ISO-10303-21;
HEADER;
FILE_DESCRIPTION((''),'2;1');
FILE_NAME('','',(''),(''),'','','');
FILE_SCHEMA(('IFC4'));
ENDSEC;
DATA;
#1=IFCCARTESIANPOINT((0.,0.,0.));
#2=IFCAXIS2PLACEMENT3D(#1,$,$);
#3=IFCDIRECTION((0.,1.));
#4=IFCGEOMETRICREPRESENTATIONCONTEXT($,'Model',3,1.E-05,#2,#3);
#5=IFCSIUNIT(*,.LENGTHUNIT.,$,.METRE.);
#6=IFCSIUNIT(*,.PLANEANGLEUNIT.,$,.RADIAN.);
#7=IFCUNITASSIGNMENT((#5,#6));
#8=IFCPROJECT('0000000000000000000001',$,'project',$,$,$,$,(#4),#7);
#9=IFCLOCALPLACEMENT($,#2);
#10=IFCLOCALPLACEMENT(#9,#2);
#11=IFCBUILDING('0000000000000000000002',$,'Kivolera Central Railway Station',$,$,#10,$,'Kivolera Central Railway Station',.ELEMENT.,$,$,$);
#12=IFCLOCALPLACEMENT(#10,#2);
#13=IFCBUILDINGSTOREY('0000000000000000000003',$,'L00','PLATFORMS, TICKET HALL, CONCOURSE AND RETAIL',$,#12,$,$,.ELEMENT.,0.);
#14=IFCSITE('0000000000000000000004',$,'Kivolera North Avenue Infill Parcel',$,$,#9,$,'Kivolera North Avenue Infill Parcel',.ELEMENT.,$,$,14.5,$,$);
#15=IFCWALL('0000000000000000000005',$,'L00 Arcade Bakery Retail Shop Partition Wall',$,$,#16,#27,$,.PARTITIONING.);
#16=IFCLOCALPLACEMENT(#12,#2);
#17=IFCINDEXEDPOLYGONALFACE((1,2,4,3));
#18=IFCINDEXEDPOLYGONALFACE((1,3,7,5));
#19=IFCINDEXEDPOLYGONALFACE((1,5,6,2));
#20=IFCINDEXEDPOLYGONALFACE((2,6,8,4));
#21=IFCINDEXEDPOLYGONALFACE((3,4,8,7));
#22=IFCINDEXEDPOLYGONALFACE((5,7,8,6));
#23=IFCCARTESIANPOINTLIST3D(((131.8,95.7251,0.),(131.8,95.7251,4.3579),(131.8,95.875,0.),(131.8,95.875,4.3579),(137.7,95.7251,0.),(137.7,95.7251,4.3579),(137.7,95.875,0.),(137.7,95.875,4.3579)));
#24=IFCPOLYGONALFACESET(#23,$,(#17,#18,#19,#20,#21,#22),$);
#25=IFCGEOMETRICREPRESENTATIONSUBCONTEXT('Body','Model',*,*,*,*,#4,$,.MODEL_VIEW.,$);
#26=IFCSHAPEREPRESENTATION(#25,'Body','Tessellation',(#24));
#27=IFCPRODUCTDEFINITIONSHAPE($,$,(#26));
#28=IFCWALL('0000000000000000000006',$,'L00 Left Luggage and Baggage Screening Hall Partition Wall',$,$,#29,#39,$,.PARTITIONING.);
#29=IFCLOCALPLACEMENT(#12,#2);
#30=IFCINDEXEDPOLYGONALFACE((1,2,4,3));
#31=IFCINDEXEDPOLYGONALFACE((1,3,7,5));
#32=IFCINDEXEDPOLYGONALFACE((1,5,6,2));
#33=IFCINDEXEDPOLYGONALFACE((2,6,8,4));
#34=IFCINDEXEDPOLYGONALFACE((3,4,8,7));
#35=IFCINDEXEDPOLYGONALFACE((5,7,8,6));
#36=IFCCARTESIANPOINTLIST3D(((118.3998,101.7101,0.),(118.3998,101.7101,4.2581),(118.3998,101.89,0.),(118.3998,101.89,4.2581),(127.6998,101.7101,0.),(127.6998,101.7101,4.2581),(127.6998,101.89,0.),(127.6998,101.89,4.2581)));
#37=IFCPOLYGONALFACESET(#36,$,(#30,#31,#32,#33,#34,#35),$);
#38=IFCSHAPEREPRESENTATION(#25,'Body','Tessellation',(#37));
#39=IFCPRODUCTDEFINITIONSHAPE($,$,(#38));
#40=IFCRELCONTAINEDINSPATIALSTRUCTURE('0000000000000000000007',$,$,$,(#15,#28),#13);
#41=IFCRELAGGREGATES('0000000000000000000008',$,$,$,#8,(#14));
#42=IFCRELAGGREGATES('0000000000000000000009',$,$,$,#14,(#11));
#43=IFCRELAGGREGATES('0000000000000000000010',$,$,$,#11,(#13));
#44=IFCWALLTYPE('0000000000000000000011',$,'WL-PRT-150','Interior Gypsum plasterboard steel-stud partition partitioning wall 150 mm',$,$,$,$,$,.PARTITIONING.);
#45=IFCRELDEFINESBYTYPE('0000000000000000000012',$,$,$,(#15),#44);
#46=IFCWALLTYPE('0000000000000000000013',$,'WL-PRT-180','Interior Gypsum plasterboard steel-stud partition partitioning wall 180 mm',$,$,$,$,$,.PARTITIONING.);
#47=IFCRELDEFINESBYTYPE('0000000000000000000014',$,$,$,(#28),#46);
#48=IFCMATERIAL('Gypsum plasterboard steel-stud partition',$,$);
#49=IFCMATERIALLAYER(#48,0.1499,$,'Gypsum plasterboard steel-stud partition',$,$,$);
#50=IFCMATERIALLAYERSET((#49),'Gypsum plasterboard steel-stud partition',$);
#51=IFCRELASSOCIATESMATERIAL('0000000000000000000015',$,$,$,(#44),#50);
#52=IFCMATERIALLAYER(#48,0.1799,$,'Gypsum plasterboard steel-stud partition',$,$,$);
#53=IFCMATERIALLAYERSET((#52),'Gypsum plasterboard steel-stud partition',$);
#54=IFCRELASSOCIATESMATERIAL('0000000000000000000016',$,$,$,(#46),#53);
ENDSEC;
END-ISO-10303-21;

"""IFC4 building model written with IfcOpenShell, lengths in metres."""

from ifc_helpers import new_model, si_unit, direction, frame, frame_2d, origin, place, context, subcontext, project, spatial, rectangle, extrude, material, layer, layer_set, type_object, element, save


model = new_model("IFC4")

# Units and contexts
model_context = context("Model", 3, precision=1e-05, world=origin(), true_north=direction((0.0, 1.0)))
body_context = subcontext(model_context, "Body", "Model", "MODEL_VIEW")
ifc_project = project(units=[si_unit("LENGTHUNIT", "METRE"), si_unit("PLANEANGLEUNIT", "RADIAN")], contexts=[model_context])

# Site, building, storey
site_placement = place(None, origin())
site = spatial("IfcSite", under=ifc_project, at=site_placement, Name="Kivolera North Avenue Infill Parcel", LongName="Kivolera North Avenue Infill Parcel", CompositionType="ELEMENT", RefElevation=14.5)
building_placement = place(site_placement, origin())
building = spatial("IfcBuilding", under=site, at=building_placement, Name="Kivolera Central Railway Station", LongName="Kivolera Central Railway Station", CompositionType="ELEMENT")
storey_placement = place(building_placement, origin())
storey = spatial("IfcBuildingStorey", under=building, at=storey_placement, Name="L00", Description="PLATFORMS, TICKET HALL, CONCOURSE AND RETAIL", CompositionType="ELEMENT", Elevation=0.0)

# Walls
ifc_material_1 = material(Name="Gypsum plasterboard steel-stud partition")
ifc_layer_1 = layer(ifc_material_1, 0.1499, Name="Gypsum plasterboard steel-stud partition")
ifc_layer_set_1 = layer_set([ifc_layer_1], Name="Gypsum plasterboard steel-stud partition")
wall_type_1 = type_object("IfcWallType", Name="WL-PRT-150", Description="Interior Gypsum plasterboard steel-stud partition partitioning wall 150 mm", PredefinedType="PARTITIONING", material=ifc_layer_set_1)
wall_1_placement = place(storey_placement, frame((131.8, 95.8, 0.0), z_axis=(0.0, 0.0, 1.0), x_axis=(1.0, 0.0, 0.0)))
element("IfcWall", 1, at=wall_1_placement, inside=storey, type_object=wall_type_1, Name="L00 Arcade Bakery Retail Shop Partition Wall", PredefinedType="PARTITIONING", context=body_context, shape_type="SweptSolid", body=[
    extrude(rectangle(XDim=5.8999, YDim=0.1499, at=frame_2d((2.95, 0.0))), origin(), (0.0, 0.0, 1.0), 4.3579),
])
ifc_layer_2 = layer(ifc_material_1, 0.1799, Name="Gypsum plasterboard steel-stud partition")
ifc_layer_set_2 = layer_set([ifc_layer_2], Name="Gypsum plasterboard steel-stud partition")
wall_type_2 = type_object("IfcWallType", Name="WL-PRT-180", Description="Interior Gypsum plasterboard steel-stud partition partitioning wall 180 mm", PredefinedType="PARTITIONING", material=ifc_layer_set_2)
wall_2_placement = place(storey_placement, frame((118.3999, 101.8, 0.0), z_axis=(0.0, 0.0, 1.0), x_axis=(1.0, 0.0, 0.0)))
element("IfcWall", 2, at=wall_2_placement, inside=storey, type_object=wall_type_2, Name="L00 Left Luggage and Baggage Screening Hall Partition Wall", PredefinedType="PARTITIONING", context=body_context, shape_type="SweptSolid", body=[
    extrude(rectangle(XDim=9.3, YDim=0.1799, at=frame_2d((4.6499, 0.0))), origin(), (0.0, 0.0, 1.0), 4.2581),
])

save(model, "model.ifc")
